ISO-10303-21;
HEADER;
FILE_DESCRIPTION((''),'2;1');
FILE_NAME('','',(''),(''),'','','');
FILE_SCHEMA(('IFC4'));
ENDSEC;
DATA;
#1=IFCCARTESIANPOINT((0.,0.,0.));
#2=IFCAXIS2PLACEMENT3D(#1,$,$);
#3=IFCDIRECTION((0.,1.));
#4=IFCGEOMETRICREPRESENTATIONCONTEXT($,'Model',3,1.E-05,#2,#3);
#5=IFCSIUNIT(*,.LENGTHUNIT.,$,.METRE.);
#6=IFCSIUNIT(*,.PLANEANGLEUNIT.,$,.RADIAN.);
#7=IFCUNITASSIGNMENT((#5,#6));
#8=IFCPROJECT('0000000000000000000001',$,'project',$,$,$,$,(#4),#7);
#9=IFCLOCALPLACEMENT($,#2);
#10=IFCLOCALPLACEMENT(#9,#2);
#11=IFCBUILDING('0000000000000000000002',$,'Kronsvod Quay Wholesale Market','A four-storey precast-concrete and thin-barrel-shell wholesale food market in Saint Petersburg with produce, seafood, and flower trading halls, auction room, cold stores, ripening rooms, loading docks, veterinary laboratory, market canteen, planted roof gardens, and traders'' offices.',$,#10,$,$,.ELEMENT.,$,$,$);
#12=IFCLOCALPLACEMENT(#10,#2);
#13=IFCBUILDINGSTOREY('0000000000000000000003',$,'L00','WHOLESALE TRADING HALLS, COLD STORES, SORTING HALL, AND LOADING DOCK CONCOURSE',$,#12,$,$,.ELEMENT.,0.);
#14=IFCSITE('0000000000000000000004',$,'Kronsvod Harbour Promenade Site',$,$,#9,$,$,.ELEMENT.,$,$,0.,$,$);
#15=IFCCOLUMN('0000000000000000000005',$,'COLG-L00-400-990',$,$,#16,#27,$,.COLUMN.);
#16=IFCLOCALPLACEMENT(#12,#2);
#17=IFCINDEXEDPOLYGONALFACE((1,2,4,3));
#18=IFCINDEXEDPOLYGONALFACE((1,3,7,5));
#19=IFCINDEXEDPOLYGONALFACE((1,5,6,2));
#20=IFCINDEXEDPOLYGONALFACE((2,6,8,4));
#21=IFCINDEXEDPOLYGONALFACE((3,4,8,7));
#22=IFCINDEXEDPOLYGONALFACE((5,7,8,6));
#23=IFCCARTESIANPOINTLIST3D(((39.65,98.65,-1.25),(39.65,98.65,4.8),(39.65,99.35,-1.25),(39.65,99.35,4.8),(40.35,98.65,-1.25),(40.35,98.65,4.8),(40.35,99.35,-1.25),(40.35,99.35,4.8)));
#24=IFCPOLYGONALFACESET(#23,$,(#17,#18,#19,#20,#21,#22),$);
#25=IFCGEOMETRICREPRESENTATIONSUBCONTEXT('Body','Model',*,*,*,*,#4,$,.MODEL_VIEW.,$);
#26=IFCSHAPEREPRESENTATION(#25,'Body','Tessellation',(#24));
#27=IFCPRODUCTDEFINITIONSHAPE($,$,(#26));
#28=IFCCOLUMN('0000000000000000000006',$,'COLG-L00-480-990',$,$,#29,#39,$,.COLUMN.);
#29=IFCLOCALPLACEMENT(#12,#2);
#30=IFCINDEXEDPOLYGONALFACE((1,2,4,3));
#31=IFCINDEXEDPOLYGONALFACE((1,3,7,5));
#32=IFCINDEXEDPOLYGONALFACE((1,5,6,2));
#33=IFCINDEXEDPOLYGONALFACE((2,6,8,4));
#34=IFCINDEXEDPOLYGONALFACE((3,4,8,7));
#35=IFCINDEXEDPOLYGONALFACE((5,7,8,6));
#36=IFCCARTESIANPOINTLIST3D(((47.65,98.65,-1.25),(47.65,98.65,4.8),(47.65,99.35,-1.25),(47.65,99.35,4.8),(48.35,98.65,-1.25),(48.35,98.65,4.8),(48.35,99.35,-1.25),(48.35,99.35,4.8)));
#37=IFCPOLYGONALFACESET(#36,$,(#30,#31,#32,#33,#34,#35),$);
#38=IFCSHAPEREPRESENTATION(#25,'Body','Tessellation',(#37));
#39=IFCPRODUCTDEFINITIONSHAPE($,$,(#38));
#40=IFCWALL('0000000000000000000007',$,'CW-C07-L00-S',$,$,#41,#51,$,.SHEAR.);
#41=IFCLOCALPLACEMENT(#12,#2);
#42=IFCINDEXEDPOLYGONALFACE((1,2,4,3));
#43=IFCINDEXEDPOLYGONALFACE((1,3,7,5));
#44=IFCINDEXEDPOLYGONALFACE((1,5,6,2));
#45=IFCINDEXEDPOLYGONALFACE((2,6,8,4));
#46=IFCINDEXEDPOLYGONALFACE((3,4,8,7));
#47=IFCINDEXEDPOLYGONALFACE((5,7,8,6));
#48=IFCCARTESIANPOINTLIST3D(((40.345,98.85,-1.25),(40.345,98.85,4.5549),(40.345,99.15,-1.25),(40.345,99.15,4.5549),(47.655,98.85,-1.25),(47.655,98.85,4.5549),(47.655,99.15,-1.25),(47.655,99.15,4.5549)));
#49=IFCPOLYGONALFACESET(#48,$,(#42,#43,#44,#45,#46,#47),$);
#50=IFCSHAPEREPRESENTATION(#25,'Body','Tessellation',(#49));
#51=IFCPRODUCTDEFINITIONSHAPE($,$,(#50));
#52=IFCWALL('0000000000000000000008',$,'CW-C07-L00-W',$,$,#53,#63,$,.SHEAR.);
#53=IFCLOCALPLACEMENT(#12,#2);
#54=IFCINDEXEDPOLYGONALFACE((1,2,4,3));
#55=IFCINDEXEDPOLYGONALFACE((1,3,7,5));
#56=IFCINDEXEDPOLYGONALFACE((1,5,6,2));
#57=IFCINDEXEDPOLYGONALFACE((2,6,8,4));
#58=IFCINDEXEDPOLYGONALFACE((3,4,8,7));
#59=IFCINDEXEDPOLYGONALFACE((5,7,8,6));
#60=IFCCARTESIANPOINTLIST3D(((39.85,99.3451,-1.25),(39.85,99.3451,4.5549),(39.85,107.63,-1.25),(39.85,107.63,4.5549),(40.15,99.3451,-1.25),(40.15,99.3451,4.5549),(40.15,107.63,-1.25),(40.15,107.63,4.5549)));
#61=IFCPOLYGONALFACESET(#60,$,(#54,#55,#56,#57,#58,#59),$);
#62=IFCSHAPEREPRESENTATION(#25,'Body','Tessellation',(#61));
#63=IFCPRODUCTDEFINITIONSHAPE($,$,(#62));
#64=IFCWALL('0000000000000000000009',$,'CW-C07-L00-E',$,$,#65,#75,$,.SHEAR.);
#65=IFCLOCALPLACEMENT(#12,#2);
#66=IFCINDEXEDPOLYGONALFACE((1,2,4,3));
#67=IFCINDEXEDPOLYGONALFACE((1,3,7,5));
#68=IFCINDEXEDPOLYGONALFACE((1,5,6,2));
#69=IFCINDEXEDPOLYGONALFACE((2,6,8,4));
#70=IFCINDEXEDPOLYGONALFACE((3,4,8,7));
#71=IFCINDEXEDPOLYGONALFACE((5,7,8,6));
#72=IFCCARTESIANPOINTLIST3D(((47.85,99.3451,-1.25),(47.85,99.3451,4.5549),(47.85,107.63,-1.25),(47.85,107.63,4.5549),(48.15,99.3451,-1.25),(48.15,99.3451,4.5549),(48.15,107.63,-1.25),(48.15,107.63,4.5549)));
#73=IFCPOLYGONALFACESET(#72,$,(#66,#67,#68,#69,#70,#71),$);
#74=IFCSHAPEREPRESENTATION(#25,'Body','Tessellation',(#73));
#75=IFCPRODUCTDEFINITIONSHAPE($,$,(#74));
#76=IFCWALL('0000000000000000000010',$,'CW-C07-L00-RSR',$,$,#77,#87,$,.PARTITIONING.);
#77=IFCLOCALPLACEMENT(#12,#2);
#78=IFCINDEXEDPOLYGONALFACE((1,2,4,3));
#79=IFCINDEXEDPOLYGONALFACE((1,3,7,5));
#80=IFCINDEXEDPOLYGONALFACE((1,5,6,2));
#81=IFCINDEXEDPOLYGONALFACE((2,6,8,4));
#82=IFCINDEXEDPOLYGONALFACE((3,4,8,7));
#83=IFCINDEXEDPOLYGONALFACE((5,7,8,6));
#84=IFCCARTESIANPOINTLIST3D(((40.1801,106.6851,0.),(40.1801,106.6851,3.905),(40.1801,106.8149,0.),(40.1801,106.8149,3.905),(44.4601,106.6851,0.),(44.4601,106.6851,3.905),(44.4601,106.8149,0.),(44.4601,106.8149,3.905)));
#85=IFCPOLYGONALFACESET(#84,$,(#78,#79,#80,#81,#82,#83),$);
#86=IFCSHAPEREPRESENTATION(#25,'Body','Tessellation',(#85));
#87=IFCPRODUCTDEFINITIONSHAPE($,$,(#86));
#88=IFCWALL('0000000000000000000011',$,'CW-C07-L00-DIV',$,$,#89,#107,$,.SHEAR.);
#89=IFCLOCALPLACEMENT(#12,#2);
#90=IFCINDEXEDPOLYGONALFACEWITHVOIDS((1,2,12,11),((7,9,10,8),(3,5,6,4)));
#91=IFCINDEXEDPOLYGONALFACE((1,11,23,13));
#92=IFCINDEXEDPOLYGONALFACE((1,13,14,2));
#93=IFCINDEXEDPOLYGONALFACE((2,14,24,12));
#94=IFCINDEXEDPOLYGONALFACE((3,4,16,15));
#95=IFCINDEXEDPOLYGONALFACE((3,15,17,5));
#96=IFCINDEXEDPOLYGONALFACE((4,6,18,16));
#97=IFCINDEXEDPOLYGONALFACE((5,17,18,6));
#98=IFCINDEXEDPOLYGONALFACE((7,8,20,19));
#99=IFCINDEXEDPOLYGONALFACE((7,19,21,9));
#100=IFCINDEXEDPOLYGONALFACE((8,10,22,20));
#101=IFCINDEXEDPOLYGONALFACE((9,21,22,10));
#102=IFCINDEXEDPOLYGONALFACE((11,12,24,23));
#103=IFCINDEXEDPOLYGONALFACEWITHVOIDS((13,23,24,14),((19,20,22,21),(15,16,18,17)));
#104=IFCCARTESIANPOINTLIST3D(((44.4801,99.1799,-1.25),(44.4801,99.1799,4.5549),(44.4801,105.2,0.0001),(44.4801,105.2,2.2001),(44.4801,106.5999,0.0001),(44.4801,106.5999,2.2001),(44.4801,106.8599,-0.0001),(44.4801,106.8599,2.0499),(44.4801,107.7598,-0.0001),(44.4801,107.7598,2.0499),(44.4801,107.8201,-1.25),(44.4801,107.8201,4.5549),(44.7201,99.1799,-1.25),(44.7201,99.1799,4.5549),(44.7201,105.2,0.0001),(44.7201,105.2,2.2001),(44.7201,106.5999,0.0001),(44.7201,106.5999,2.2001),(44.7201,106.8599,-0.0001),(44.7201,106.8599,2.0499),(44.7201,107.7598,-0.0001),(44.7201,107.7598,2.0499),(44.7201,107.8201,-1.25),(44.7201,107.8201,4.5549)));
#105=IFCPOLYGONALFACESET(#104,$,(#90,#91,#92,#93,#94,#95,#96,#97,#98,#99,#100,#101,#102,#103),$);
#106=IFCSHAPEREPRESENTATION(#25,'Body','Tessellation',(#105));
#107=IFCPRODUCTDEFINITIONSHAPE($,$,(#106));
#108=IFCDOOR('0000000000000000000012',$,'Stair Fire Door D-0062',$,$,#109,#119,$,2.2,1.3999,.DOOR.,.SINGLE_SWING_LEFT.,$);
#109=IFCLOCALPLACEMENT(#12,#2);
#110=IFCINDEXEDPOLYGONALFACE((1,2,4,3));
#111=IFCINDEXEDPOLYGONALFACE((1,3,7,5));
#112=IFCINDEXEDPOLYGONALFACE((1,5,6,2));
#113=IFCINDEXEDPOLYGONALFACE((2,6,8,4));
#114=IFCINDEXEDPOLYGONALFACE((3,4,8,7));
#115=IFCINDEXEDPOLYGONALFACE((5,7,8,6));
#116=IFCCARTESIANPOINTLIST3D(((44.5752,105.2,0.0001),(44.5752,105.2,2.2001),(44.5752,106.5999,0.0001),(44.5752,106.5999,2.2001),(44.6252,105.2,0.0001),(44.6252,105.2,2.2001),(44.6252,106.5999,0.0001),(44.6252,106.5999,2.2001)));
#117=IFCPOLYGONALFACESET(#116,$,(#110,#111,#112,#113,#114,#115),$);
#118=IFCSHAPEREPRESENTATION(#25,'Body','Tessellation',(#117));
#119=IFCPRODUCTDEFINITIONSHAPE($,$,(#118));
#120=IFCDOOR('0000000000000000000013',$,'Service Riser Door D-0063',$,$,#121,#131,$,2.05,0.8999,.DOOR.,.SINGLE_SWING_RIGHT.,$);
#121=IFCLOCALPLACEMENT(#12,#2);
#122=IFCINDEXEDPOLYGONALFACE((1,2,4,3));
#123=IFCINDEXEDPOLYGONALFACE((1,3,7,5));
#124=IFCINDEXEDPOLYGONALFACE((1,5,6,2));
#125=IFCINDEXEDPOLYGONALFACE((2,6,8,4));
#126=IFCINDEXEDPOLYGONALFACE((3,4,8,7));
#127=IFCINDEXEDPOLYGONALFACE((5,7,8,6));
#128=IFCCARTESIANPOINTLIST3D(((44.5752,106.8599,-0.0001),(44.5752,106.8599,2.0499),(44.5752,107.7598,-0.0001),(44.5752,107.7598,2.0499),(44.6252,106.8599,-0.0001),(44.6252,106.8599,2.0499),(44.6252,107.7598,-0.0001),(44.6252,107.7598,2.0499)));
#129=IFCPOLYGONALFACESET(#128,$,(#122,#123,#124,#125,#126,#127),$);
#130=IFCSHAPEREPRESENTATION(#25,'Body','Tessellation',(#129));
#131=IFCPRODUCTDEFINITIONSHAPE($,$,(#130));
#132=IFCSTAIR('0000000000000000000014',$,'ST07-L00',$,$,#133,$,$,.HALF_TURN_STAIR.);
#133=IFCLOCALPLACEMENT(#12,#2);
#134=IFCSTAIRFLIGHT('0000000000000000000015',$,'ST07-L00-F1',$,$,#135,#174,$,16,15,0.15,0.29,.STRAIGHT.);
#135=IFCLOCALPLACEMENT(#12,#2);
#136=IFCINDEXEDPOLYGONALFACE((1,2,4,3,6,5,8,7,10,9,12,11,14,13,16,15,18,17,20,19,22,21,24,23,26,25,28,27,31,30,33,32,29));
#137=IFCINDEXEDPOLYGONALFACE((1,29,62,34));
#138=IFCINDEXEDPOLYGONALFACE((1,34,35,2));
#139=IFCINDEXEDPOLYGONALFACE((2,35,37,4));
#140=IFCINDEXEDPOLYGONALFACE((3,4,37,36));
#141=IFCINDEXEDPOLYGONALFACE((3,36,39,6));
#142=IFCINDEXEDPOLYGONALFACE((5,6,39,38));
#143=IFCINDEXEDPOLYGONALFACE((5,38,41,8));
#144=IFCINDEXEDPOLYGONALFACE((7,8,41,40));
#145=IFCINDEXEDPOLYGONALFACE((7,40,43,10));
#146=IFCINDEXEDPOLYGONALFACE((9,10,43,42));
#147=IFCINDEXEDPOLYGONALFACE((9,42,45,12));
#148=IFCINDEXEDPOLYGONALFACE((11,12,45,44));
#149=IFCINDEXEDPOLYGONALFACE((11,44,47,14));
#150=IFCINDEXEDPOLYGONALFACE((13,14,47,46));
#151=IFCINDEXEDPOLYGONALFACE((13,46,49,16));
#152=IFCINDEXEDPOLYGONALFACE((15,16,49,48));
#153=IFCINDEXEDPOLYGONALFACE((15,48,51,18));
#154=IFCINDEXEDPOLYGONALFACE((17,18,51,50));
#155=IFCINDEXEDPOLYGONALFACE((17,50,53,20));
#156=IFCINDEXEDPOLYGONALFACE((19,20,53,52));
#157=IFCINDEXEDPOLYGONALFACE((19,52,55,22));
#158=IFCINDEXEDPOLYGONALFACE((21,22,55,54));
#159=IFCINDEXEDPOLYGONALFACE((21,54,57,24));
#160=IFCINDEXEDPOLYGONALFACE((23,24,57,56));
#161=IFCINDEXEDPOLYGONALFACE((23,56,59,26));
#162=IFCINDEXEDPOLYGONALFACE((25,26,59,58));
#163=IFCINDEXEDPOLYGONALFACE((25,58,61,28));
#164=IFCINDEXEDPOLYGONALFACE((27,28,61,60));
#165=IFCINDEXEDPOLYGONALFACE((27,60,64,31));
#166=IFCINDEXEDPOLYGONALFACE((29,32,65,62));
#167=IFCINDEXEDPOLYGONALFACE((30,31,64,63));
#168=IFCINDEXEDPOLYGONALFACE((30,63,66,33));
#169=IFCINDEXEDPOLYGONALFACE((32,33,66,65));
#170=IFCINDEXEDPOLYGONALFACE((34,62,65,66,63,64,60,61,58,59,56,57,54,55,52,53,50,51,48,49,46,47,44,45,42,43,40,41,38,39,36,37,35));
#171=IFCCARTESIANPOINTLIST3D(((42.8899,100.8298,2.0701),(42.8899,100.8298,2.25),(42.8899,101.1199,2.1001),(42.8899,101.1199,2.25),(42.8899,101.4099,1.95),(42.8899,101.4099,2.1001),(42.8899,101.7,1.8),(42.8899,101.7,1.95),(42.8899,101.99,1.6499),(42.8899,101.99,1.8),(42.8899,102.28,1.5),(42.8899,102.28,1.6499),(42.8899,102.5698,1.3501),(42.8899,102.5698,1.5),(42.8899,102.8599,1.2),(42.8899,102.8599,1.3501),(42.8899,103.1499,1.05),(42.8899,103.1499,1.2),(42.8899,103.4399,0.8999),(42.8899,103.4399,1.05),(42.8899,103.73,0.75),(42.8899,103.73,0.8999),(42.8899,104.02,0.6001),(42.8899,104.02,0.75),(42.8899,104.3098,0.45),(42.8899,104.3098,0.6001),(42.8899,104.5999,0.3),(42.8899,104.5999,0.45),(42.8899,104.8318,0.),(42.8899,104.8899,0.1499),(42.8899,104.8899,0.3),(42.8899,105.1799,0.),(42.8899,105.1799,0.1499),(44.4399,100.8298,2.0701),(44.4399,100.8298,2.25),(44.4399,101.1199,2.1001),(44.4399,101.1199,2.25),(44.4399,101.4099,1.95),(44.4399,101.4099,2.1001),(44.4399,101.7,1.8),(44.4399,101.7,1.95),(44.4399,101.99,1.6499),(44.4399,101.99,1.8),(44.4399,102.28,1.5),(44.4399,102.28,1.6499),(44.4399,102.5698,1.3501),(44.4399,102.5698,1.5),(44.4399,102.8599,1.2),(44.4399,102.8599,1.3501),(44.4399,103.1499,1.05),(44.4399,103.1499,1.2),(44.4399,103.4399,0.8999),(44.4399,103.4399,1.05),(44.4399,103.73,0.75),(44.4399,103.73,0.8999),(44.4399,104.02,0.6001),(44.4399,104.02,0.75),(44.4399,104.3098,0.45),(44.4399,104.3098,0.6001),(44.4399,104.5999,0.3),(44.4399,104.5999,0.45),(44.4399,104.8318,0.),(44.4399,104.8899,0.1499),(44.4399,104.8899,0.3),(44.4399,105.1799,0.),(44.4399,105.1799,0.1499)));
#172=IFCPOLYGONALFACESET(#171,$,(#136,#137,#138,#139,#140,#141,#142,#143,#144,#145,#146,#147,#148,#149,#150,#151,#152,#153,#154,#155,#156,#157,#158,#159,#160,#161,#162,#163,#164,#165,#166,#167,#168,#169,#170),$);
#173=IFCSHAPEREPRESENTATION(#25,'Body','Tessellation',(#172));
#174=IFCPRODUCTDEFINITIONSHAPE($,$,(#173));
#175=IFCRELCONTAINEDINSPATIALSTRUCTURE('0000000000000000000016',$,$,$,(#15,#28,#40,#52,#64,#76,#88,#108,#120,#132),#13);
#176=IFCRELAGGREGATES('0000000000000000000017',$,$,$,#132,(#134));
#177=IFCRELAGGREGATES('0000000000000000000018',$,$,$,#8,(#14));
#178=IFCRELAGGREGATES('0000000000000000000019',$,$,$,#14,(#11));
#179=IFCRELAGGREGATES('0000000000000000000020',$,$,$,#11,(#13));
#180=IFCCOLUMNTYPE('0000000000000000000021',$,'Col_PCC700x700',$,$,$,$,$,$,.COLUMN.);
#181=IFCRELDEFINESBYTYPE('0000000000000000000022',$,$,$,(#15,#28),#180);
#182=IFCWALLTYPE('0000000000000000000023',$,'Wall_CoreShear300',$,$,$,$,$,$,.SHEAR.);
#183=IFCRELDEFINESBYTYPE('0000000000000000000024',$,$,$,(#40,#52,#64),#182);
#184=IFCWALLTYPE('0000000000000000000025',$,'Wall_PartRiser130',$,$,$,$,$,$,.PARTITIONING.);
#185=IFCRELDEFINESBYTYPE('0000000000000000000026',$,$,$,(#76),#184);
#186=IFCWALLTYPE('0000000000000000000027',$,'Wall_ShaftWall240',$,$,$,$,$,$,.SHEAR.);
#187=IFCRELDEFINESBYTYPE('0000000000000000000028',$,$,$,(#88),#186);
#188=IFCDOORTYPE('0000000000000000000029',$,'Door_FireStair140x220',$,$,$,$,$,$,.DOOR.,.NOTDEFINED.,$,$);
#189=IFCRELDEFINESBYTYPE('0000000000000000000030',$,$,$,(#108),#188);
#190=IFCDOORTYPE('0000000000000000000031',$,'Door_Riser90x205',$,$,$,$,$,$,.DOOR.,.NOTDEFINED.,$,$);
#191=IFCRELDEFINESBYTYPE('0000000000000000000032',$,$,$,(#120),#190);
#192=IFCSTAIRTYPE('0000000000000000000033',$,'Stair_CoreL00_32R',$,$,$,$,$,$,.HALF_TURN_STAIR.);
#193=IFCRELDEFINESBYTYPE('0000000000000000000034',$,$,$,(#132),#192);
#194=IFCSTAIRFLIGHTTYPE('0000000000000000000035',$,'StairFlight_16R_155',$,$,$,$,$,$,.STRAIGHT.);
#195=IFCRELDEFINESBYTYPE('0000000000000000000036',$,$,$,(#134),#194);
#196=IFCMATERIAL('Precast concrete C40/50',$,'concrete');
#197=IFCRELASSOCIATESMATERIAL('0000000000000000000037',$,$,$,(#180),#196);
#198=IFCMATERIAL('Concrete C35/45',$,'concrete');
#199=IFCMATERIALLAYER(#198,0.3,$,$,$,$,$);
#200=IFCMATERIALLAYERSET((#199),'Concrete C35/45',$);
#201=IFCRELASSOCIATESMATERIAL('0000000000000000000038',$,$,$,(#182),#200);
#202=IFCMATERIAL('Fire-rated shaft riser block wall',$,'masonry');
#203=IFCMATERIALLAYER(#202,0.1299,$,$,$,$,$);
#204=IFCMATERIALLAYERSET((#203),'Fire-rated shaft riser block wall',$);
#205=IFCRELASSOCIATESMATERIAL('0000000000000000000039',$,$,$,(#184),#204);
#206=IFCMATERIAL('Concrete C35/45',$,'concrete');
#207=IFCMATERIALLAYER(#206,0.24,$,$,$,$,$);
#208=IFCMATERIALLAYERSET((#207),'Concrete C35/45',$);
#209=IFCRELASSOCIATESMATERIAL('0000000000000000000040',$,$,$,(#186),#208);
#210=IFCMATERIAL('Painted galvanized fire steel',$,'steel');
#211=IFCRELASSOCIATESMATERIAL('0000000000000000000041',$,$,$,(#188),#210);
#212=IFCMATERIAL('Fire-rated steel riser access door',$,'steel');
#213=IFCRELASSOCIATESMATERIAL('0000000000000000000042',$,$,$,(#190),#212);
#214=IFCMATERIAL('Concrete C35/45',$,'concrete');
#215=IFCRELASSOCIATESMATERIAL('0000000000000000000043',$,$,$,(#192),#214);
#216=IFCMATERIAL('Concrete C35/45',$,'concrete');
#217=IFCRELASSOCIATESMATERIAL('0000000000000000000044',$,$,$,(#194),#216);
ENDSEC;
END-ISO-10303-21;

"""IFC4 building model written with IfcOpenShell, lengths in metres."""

from ifc_helpers import new_model, si_unit, direction, frame, frame_2d, origin, origin_2d, place, context, subcontext, project, spatial, polyline, rectangle, outline, extrude, material, layer, layer_set, material_profile, profile_set, type_object, element, fill, aggregate, save


model = new_model("IFC4")

# Units and contexts
model_context = context("Model", 3, precision=1e-05, world=origin(), true_north=direction((0.0, 1.0)))
body_context = subcontext(model_context, "Body", "Model", "MODEL_VIEW")
ifc_project = project(units=[si_unit("LENGTHUNIT", "METRE"), si_unit("PLANEANGLEUNIT", "RADIAN")], contexts=[model_context])

# Site, building, storey
site_placement = place(None, origin())
site = spatial("IfcSite", under=ifc_project, at=site_placement, Name="Kronsvod Harbour Promenade Site", CompositionType="ELEMENT", RefElevation=0.0)
building_placement = place(site_placement, origin())
building = spatial("IfcBuilding", under=site, at=building_placement, Name="Kronsvod Quay Wholesale Market", Description="A four-storey precast-concrete and thin-barrel-shell wholesale food market in Saint Petersburg with produce, seafood, and flower trading halls, auction room, cold stores, ripening rooms, loading docks, veterinary laboratory, market canteen, planted roof gardens, and traders' offices.", CompositionType="ELEMENT")
storey_placement = place(building_placement, origin())
storey = spatial("IfcBuildingStorey", under=building, at=storey_placement, Name="L00", Description="WHOLESALE TRADING HALLS, COLD STORES, SORTING HALL, AND LOADING DOCK CONCOURSE", CompositionType="ELEMENT", Elevation=0.0)

# Columns
ifc_material_1 = material(Name="Precast concrete C40/50", Category="concrete")
ifc_material_profile_1 = material_profile(ifc_material_1, rectangle(XDim=0.7, YDim=0.7, at=origin_2d()), Name="PCC700x700")
ifc_profile_set_1 = profile_set([ifc_material_profile_1], Name="Precast concrete C40/50")
column_type = type_object("IfcColumnType", Name="Col_PCC700x700", PredefinedType="COLUMN", material=ifc_profile_set_1)
for number, where, z_axis, x_axis, name in (
    (1, (40.0, 99.0, -1.25), (0.0, 0.0, 1.0), (1.0, 0.0, 0.0), "COLG-L00-400-990"),
    (2, (48.0, 99.0, -1.25), (0.0, 0.0, 1.0), (1.0, 0.0, 0.0), "COLG-L00-480-990"),
):
    element("IfcColumn", number, at=place(storey_placement, frame(where, z_axis=z_axis, x_axis=x_axis)), inside=storey, type_object=column_type, Name=name, PredefinedType="COLUMN", context=body_context, shape_type="SweptSolid", body=[
        extrude(rectangle(XDim=0.7, YDim=0.7, at=origin_2d()), origin(), (0.0, 0.0, 1.0), 6.05),
    ])

# Walls
ifc_material_2 = material(Name="Concrete C35/45", Category="concrete")
ifc_layer_1 = layer(ifc_material_2, 0.3)
ifc_layer_set_1 = layer_set([ifc_layer_1], Name="Concrete C35/45")
wall_type_1 = type_object("IfcWallType", Name="Wall_CoreShear300", PredefinedType="SHEAR", material=ifc_layer_set_1)
wall_1_placement = place(storey_placement, frame((40.345, 99.0, -1.25), z_axis=(0.0, 0.0, 1.0), x_axis=(1.0, 0.0, 0.0)))
element("IfcWall", 3, at=wall_1_placement, inside=storey, type_object=wall_type_1, Name="CW-C07-L00-S", PredefinedType="SHEAR", context=body_context, shape_type="SweptSolid", body=[
    extrude(rectangle(XDim=7.3101, YDim=0.3, at=frame_2d((3.655, 0.0))), origin(), (0.0, 0.0, 1.0), 5.8049),
])
for number, where, z_axis, x_axis, name in (
    (4, (40.0, 99.345, -1.25), (0.0, 0.0, 1.0), (0.0, 1.0, 0.0), "CW-C07-L00-W"),
    (5, (48.0, 99.345, -1.25), (0.0, 0.0, 1.0), (0.0, 1.0, 0.0), "CW-C07-L00-E"),
):
    element("IfcWall", number, at=place(storey_placement, frame(where, z_axis=z_axis, x_axis=x_axis)), inside=storey, type_object=wall_type_1, Name=name, PredefinedType="SHEAR", context=body_context, shape_type="SweptSolid", body=[
        extrude(rectangle(XDim=8.2849, YDim=0.3, at=frame_2d((4.1426, 0.0))), origin(), (0.0, 0.0, 1.0), 5.8049),
    ])
ifc_material_3 = material(Name="Fire-rated shaft riser block wall", Category="masonry")
ifc_layer_2 = layer(ifc_material_3, 0.1299)
ifc_layer_set_2 = layer_set([ifc_layer_2], Name="Fire-rated shaft riser block wall")
wall_type_2 = type_object("IfcWallType", Name="Wall_PartRiser130", PredefinedType="PARTITIONING", material=ifc_layer_set_2)
wall_2_placement = place(storey_placement, frame((40.1799, 106.75, 0.0), z_axis=(0.0, 0.0, 1.0), x_axis=(1.0, 0.0, 0.0)))
element("IfcWall", 6, at=wall_2_placement, inside=storey, type_object=wall_type_2, Name="CW-C07-L00-RSR", PredefinedType="PARTITIONING", context=body_context, shape_type="SweptSolid", body=[
    extrude(rectangle(XDim=4.28, YDim=0.1299, at=frame_2d((2.1401, 0.0))), origin(), (0.0, 0.0, 1.0), 3.905),
])

# Wall, openings, doors
ifc_material_4 = material(Name="Concrete C35/45", Category="concrete")
ifc_layer_3 = layer(ifc_material_4, 0.24)
ifc_layer_set_3 = layer_set([ifc_layer_3], Name="Concrete C35/45")
wall_type_3 = type_object("IfcWallType", Name="Wall_ShaftWall240", PredefinedType="SHEAR", material=ifc_layer_set_3)
wall_3_placement = place(storey_placement, frame((44.6001, 99.1799, -1.25), z_axis=(0.0, 0.0, 1.0), x_axis=(0.0, 1.0, 0.0)))
wall_3 = element("IfcWall", 7, at=wall_3_placement, inside=storey, type_object=wall_type_3, Name="CW-C07-L00-DIV", PredefinedType="SHEAR", context=body_context, shape_type="SweptSolid", body=[
    extrude(rectangle(XDim=8.6401, YDim=0.24, at=frame_2d((4.3201, 0.0))), origin(), (0.0, 0.0, 1.0), 5.8049),
])
opening_1_placement = place(wall_3_placement, frame((6.02, 0.0, 1.25)))
opening_1 = element("IfcOpeningElement", 8, at=opening_1_placement, cuts=wall_3, PredefinedType="OPENING", context=body_context, shape_type="SweptSolid", body=[
    extrude(rectangle(XDim=1.3999, YDim=2.2, at=frame_2d((0.7, 1.1001))), frame((0.0, 0.1299, 0.0), z_axis=(0.0, -1.0, 0.0), x_axis=(1.0, 0.0, 0.0)), (0.0, 0.0, 1.0), 0.26),
])
opening_2_placement = place(wall_3_placement, frame((7.6799, 0.0, 1.25)))
opening_2 = element("IfcOpeningElement", 9, at=opening_2_placement, cuts=wall_3, PredefinedType="OPENING", context=body_context, shape_type="SweptSolid", body=[
    extrude(rectangle(XDim=0.8999, YDim=2.05, at=frame_2d((0.45, 1.0249))), frame((0.0, 0.1299, 0.0), z_axis=(0.0, -1.0, 0.0), x_axis=(1.0, 0.0, 0.0)), (0.0, 0.0, 1.0), 0.26),
])
ifc_material_5 = material(Name="Painted galvanized fire steel", Category="steel")
door_type_1 = type_object("IfcDoorType", Name="Door_FireStair140x220", OperationType="NOTDEFINED", PredefinedType="DOOR", material=ifc_material_5)
door_1_placement = place(opening_1_placement, origin())
door_1 = element("IfcDoor", 10, at=door_1_placement, inside=storey, type_object=door_type_1, Name="Stair Fire Door D-0062", OperationType="SINGLE_SWING_LEFT", OverallHeight=2.2, OverallWidth=1.3999, PredefinedType="DOOR", context=body_context, shape_type="SweptSolid", body=[
    extrude(rectangle(XDim=1.3999, YDim=2.2, at=frame_2d((0.7, 1.1001))), frame((0.0, 0.0249, 0.0), z_axis=(0.0, -1.0, 0.0), x_axis=(1.0, 0.0, 0.0)), (0.0, 0.0, 1.0), 0.05),
])
fill(opening_1, door_1)
ifc_material_6 = material(Name="Fire-rated steel riser access door", Category="steel")
door_type_2 = type_object("IfcDoorType", Name="Door_Riser90x205", OperationType="NOTDEFINED", PredefinedType="DOOR", material=ifc_material_6)
door_2_placement = place(opening_2_placement, origin())
door_2 = element("IfcDoor", 11, at=door_2_placement, inside=storey, type_object=door_type_2, Name="Service Riser Door D-0063", OperationType="SINGLE_SWING_RIGHT", OverallHeight=2.05, OverallWidth=0.8999, PredefinedType="DOOR", context=body_context, shape_type="SweptSolid", body=[
    extrude(rectangle(XDim=0.8999, YDim=2.05, at=frame_2d((0.45, 1.0249))), frame((0.0, 0.0249, 0.0), z_axis=(0.0, -1.0, 0.0), x_axis=(1.0, 0.0, 0.0)), (0.0, 0.0, 1.0), 0.05),
])
fill(opening_2, door_2)

# Stair, stair flight
ifc_material_7 = material(Name="Concrete C35/45", Category="concrete")
stair_type = type_object("IfcStairType", Name="Stair_CoreL00_32R", PredefinedType="HALF_TURN_STAIR", material=ifc_material_7)
stair_placement = place(storey_placement, origin())
stair = element("IfcStair", 12, at=stair_placement, inside=storey, type_object=stair_type, Name="ST07-L00", PredefinedType="HALF_TURN_STAIR")
ifc_material_8 = material(Name="Concrete C35/45", Category="concrete")
stair_flight_type = type_object("IfcStairFlightType", Name="StairFlight_16R_155", PredefinedType="STRAIGHT", material=ifc_material_8)
stair_flight_1_placement = place(storey_placement, frame((43.665, 105.1799, 0.0), z_axis=(0.0, 0.0, 1.0), x_axis=(0.0, -1.0, 0.0)))
stair_flight_1 = element("IfcStairFlight", 13, at=stair_flight_1_placement, type_object=stair_flight_type, Name="ST07-L00-F1", NumberOfRisers=16, NumberOfTreads=15, PredefinedType="STRAIGHT", RiserHeight=0.15, TreadLength=0.29, context=body_context, shape_type="SweptSolid", body=[
    extrude(outline(polyline([(0.0, 0.0), (0.0, 0.1499), (0.29, 0.1499), (0.29, 0.3), (0.5801, 0.3), (0.5801, 0.45), (0.8701, 0.45), (0.8701, 0.6001), (1.1599, 0.6001), (1.1599, 0.75), (1.45, 0.75), (1.45, 0.8999), (1.74, 0.8999), (1.74, 1.05), (2.03, 1.05), (2.03, 1.2), (2.3201, 1.2), (2.3201, 1.3501), (2.6101, 1.3501), (2.6101, 1.5), (2.8999, 1.5), (2.8999, 1.6499), (3.1899, 1.6499), (3.1899, 1.8), (3.48, 1.8), (3.48, 1.95), (3.77, 1.95), (3.77, 2.1001), (4.0601, 2.1001), (4.0601, 2.25), (4.3501, 2.25), (4.3501, 2.3999), (4.3501, 2.0701), (0.3481, 0.0), (0.0, 0.0)])), frame((0.0, 0.7749, 0.0), z_axis=(0.0, -1.0, 0.0), x_axis=(1.0, 0.0, 0.0)), (0.0, 0.0, 1.0), 1.55),
])
aggregate(stair, [stair_flight_1])

save(model, "model.ifc")
